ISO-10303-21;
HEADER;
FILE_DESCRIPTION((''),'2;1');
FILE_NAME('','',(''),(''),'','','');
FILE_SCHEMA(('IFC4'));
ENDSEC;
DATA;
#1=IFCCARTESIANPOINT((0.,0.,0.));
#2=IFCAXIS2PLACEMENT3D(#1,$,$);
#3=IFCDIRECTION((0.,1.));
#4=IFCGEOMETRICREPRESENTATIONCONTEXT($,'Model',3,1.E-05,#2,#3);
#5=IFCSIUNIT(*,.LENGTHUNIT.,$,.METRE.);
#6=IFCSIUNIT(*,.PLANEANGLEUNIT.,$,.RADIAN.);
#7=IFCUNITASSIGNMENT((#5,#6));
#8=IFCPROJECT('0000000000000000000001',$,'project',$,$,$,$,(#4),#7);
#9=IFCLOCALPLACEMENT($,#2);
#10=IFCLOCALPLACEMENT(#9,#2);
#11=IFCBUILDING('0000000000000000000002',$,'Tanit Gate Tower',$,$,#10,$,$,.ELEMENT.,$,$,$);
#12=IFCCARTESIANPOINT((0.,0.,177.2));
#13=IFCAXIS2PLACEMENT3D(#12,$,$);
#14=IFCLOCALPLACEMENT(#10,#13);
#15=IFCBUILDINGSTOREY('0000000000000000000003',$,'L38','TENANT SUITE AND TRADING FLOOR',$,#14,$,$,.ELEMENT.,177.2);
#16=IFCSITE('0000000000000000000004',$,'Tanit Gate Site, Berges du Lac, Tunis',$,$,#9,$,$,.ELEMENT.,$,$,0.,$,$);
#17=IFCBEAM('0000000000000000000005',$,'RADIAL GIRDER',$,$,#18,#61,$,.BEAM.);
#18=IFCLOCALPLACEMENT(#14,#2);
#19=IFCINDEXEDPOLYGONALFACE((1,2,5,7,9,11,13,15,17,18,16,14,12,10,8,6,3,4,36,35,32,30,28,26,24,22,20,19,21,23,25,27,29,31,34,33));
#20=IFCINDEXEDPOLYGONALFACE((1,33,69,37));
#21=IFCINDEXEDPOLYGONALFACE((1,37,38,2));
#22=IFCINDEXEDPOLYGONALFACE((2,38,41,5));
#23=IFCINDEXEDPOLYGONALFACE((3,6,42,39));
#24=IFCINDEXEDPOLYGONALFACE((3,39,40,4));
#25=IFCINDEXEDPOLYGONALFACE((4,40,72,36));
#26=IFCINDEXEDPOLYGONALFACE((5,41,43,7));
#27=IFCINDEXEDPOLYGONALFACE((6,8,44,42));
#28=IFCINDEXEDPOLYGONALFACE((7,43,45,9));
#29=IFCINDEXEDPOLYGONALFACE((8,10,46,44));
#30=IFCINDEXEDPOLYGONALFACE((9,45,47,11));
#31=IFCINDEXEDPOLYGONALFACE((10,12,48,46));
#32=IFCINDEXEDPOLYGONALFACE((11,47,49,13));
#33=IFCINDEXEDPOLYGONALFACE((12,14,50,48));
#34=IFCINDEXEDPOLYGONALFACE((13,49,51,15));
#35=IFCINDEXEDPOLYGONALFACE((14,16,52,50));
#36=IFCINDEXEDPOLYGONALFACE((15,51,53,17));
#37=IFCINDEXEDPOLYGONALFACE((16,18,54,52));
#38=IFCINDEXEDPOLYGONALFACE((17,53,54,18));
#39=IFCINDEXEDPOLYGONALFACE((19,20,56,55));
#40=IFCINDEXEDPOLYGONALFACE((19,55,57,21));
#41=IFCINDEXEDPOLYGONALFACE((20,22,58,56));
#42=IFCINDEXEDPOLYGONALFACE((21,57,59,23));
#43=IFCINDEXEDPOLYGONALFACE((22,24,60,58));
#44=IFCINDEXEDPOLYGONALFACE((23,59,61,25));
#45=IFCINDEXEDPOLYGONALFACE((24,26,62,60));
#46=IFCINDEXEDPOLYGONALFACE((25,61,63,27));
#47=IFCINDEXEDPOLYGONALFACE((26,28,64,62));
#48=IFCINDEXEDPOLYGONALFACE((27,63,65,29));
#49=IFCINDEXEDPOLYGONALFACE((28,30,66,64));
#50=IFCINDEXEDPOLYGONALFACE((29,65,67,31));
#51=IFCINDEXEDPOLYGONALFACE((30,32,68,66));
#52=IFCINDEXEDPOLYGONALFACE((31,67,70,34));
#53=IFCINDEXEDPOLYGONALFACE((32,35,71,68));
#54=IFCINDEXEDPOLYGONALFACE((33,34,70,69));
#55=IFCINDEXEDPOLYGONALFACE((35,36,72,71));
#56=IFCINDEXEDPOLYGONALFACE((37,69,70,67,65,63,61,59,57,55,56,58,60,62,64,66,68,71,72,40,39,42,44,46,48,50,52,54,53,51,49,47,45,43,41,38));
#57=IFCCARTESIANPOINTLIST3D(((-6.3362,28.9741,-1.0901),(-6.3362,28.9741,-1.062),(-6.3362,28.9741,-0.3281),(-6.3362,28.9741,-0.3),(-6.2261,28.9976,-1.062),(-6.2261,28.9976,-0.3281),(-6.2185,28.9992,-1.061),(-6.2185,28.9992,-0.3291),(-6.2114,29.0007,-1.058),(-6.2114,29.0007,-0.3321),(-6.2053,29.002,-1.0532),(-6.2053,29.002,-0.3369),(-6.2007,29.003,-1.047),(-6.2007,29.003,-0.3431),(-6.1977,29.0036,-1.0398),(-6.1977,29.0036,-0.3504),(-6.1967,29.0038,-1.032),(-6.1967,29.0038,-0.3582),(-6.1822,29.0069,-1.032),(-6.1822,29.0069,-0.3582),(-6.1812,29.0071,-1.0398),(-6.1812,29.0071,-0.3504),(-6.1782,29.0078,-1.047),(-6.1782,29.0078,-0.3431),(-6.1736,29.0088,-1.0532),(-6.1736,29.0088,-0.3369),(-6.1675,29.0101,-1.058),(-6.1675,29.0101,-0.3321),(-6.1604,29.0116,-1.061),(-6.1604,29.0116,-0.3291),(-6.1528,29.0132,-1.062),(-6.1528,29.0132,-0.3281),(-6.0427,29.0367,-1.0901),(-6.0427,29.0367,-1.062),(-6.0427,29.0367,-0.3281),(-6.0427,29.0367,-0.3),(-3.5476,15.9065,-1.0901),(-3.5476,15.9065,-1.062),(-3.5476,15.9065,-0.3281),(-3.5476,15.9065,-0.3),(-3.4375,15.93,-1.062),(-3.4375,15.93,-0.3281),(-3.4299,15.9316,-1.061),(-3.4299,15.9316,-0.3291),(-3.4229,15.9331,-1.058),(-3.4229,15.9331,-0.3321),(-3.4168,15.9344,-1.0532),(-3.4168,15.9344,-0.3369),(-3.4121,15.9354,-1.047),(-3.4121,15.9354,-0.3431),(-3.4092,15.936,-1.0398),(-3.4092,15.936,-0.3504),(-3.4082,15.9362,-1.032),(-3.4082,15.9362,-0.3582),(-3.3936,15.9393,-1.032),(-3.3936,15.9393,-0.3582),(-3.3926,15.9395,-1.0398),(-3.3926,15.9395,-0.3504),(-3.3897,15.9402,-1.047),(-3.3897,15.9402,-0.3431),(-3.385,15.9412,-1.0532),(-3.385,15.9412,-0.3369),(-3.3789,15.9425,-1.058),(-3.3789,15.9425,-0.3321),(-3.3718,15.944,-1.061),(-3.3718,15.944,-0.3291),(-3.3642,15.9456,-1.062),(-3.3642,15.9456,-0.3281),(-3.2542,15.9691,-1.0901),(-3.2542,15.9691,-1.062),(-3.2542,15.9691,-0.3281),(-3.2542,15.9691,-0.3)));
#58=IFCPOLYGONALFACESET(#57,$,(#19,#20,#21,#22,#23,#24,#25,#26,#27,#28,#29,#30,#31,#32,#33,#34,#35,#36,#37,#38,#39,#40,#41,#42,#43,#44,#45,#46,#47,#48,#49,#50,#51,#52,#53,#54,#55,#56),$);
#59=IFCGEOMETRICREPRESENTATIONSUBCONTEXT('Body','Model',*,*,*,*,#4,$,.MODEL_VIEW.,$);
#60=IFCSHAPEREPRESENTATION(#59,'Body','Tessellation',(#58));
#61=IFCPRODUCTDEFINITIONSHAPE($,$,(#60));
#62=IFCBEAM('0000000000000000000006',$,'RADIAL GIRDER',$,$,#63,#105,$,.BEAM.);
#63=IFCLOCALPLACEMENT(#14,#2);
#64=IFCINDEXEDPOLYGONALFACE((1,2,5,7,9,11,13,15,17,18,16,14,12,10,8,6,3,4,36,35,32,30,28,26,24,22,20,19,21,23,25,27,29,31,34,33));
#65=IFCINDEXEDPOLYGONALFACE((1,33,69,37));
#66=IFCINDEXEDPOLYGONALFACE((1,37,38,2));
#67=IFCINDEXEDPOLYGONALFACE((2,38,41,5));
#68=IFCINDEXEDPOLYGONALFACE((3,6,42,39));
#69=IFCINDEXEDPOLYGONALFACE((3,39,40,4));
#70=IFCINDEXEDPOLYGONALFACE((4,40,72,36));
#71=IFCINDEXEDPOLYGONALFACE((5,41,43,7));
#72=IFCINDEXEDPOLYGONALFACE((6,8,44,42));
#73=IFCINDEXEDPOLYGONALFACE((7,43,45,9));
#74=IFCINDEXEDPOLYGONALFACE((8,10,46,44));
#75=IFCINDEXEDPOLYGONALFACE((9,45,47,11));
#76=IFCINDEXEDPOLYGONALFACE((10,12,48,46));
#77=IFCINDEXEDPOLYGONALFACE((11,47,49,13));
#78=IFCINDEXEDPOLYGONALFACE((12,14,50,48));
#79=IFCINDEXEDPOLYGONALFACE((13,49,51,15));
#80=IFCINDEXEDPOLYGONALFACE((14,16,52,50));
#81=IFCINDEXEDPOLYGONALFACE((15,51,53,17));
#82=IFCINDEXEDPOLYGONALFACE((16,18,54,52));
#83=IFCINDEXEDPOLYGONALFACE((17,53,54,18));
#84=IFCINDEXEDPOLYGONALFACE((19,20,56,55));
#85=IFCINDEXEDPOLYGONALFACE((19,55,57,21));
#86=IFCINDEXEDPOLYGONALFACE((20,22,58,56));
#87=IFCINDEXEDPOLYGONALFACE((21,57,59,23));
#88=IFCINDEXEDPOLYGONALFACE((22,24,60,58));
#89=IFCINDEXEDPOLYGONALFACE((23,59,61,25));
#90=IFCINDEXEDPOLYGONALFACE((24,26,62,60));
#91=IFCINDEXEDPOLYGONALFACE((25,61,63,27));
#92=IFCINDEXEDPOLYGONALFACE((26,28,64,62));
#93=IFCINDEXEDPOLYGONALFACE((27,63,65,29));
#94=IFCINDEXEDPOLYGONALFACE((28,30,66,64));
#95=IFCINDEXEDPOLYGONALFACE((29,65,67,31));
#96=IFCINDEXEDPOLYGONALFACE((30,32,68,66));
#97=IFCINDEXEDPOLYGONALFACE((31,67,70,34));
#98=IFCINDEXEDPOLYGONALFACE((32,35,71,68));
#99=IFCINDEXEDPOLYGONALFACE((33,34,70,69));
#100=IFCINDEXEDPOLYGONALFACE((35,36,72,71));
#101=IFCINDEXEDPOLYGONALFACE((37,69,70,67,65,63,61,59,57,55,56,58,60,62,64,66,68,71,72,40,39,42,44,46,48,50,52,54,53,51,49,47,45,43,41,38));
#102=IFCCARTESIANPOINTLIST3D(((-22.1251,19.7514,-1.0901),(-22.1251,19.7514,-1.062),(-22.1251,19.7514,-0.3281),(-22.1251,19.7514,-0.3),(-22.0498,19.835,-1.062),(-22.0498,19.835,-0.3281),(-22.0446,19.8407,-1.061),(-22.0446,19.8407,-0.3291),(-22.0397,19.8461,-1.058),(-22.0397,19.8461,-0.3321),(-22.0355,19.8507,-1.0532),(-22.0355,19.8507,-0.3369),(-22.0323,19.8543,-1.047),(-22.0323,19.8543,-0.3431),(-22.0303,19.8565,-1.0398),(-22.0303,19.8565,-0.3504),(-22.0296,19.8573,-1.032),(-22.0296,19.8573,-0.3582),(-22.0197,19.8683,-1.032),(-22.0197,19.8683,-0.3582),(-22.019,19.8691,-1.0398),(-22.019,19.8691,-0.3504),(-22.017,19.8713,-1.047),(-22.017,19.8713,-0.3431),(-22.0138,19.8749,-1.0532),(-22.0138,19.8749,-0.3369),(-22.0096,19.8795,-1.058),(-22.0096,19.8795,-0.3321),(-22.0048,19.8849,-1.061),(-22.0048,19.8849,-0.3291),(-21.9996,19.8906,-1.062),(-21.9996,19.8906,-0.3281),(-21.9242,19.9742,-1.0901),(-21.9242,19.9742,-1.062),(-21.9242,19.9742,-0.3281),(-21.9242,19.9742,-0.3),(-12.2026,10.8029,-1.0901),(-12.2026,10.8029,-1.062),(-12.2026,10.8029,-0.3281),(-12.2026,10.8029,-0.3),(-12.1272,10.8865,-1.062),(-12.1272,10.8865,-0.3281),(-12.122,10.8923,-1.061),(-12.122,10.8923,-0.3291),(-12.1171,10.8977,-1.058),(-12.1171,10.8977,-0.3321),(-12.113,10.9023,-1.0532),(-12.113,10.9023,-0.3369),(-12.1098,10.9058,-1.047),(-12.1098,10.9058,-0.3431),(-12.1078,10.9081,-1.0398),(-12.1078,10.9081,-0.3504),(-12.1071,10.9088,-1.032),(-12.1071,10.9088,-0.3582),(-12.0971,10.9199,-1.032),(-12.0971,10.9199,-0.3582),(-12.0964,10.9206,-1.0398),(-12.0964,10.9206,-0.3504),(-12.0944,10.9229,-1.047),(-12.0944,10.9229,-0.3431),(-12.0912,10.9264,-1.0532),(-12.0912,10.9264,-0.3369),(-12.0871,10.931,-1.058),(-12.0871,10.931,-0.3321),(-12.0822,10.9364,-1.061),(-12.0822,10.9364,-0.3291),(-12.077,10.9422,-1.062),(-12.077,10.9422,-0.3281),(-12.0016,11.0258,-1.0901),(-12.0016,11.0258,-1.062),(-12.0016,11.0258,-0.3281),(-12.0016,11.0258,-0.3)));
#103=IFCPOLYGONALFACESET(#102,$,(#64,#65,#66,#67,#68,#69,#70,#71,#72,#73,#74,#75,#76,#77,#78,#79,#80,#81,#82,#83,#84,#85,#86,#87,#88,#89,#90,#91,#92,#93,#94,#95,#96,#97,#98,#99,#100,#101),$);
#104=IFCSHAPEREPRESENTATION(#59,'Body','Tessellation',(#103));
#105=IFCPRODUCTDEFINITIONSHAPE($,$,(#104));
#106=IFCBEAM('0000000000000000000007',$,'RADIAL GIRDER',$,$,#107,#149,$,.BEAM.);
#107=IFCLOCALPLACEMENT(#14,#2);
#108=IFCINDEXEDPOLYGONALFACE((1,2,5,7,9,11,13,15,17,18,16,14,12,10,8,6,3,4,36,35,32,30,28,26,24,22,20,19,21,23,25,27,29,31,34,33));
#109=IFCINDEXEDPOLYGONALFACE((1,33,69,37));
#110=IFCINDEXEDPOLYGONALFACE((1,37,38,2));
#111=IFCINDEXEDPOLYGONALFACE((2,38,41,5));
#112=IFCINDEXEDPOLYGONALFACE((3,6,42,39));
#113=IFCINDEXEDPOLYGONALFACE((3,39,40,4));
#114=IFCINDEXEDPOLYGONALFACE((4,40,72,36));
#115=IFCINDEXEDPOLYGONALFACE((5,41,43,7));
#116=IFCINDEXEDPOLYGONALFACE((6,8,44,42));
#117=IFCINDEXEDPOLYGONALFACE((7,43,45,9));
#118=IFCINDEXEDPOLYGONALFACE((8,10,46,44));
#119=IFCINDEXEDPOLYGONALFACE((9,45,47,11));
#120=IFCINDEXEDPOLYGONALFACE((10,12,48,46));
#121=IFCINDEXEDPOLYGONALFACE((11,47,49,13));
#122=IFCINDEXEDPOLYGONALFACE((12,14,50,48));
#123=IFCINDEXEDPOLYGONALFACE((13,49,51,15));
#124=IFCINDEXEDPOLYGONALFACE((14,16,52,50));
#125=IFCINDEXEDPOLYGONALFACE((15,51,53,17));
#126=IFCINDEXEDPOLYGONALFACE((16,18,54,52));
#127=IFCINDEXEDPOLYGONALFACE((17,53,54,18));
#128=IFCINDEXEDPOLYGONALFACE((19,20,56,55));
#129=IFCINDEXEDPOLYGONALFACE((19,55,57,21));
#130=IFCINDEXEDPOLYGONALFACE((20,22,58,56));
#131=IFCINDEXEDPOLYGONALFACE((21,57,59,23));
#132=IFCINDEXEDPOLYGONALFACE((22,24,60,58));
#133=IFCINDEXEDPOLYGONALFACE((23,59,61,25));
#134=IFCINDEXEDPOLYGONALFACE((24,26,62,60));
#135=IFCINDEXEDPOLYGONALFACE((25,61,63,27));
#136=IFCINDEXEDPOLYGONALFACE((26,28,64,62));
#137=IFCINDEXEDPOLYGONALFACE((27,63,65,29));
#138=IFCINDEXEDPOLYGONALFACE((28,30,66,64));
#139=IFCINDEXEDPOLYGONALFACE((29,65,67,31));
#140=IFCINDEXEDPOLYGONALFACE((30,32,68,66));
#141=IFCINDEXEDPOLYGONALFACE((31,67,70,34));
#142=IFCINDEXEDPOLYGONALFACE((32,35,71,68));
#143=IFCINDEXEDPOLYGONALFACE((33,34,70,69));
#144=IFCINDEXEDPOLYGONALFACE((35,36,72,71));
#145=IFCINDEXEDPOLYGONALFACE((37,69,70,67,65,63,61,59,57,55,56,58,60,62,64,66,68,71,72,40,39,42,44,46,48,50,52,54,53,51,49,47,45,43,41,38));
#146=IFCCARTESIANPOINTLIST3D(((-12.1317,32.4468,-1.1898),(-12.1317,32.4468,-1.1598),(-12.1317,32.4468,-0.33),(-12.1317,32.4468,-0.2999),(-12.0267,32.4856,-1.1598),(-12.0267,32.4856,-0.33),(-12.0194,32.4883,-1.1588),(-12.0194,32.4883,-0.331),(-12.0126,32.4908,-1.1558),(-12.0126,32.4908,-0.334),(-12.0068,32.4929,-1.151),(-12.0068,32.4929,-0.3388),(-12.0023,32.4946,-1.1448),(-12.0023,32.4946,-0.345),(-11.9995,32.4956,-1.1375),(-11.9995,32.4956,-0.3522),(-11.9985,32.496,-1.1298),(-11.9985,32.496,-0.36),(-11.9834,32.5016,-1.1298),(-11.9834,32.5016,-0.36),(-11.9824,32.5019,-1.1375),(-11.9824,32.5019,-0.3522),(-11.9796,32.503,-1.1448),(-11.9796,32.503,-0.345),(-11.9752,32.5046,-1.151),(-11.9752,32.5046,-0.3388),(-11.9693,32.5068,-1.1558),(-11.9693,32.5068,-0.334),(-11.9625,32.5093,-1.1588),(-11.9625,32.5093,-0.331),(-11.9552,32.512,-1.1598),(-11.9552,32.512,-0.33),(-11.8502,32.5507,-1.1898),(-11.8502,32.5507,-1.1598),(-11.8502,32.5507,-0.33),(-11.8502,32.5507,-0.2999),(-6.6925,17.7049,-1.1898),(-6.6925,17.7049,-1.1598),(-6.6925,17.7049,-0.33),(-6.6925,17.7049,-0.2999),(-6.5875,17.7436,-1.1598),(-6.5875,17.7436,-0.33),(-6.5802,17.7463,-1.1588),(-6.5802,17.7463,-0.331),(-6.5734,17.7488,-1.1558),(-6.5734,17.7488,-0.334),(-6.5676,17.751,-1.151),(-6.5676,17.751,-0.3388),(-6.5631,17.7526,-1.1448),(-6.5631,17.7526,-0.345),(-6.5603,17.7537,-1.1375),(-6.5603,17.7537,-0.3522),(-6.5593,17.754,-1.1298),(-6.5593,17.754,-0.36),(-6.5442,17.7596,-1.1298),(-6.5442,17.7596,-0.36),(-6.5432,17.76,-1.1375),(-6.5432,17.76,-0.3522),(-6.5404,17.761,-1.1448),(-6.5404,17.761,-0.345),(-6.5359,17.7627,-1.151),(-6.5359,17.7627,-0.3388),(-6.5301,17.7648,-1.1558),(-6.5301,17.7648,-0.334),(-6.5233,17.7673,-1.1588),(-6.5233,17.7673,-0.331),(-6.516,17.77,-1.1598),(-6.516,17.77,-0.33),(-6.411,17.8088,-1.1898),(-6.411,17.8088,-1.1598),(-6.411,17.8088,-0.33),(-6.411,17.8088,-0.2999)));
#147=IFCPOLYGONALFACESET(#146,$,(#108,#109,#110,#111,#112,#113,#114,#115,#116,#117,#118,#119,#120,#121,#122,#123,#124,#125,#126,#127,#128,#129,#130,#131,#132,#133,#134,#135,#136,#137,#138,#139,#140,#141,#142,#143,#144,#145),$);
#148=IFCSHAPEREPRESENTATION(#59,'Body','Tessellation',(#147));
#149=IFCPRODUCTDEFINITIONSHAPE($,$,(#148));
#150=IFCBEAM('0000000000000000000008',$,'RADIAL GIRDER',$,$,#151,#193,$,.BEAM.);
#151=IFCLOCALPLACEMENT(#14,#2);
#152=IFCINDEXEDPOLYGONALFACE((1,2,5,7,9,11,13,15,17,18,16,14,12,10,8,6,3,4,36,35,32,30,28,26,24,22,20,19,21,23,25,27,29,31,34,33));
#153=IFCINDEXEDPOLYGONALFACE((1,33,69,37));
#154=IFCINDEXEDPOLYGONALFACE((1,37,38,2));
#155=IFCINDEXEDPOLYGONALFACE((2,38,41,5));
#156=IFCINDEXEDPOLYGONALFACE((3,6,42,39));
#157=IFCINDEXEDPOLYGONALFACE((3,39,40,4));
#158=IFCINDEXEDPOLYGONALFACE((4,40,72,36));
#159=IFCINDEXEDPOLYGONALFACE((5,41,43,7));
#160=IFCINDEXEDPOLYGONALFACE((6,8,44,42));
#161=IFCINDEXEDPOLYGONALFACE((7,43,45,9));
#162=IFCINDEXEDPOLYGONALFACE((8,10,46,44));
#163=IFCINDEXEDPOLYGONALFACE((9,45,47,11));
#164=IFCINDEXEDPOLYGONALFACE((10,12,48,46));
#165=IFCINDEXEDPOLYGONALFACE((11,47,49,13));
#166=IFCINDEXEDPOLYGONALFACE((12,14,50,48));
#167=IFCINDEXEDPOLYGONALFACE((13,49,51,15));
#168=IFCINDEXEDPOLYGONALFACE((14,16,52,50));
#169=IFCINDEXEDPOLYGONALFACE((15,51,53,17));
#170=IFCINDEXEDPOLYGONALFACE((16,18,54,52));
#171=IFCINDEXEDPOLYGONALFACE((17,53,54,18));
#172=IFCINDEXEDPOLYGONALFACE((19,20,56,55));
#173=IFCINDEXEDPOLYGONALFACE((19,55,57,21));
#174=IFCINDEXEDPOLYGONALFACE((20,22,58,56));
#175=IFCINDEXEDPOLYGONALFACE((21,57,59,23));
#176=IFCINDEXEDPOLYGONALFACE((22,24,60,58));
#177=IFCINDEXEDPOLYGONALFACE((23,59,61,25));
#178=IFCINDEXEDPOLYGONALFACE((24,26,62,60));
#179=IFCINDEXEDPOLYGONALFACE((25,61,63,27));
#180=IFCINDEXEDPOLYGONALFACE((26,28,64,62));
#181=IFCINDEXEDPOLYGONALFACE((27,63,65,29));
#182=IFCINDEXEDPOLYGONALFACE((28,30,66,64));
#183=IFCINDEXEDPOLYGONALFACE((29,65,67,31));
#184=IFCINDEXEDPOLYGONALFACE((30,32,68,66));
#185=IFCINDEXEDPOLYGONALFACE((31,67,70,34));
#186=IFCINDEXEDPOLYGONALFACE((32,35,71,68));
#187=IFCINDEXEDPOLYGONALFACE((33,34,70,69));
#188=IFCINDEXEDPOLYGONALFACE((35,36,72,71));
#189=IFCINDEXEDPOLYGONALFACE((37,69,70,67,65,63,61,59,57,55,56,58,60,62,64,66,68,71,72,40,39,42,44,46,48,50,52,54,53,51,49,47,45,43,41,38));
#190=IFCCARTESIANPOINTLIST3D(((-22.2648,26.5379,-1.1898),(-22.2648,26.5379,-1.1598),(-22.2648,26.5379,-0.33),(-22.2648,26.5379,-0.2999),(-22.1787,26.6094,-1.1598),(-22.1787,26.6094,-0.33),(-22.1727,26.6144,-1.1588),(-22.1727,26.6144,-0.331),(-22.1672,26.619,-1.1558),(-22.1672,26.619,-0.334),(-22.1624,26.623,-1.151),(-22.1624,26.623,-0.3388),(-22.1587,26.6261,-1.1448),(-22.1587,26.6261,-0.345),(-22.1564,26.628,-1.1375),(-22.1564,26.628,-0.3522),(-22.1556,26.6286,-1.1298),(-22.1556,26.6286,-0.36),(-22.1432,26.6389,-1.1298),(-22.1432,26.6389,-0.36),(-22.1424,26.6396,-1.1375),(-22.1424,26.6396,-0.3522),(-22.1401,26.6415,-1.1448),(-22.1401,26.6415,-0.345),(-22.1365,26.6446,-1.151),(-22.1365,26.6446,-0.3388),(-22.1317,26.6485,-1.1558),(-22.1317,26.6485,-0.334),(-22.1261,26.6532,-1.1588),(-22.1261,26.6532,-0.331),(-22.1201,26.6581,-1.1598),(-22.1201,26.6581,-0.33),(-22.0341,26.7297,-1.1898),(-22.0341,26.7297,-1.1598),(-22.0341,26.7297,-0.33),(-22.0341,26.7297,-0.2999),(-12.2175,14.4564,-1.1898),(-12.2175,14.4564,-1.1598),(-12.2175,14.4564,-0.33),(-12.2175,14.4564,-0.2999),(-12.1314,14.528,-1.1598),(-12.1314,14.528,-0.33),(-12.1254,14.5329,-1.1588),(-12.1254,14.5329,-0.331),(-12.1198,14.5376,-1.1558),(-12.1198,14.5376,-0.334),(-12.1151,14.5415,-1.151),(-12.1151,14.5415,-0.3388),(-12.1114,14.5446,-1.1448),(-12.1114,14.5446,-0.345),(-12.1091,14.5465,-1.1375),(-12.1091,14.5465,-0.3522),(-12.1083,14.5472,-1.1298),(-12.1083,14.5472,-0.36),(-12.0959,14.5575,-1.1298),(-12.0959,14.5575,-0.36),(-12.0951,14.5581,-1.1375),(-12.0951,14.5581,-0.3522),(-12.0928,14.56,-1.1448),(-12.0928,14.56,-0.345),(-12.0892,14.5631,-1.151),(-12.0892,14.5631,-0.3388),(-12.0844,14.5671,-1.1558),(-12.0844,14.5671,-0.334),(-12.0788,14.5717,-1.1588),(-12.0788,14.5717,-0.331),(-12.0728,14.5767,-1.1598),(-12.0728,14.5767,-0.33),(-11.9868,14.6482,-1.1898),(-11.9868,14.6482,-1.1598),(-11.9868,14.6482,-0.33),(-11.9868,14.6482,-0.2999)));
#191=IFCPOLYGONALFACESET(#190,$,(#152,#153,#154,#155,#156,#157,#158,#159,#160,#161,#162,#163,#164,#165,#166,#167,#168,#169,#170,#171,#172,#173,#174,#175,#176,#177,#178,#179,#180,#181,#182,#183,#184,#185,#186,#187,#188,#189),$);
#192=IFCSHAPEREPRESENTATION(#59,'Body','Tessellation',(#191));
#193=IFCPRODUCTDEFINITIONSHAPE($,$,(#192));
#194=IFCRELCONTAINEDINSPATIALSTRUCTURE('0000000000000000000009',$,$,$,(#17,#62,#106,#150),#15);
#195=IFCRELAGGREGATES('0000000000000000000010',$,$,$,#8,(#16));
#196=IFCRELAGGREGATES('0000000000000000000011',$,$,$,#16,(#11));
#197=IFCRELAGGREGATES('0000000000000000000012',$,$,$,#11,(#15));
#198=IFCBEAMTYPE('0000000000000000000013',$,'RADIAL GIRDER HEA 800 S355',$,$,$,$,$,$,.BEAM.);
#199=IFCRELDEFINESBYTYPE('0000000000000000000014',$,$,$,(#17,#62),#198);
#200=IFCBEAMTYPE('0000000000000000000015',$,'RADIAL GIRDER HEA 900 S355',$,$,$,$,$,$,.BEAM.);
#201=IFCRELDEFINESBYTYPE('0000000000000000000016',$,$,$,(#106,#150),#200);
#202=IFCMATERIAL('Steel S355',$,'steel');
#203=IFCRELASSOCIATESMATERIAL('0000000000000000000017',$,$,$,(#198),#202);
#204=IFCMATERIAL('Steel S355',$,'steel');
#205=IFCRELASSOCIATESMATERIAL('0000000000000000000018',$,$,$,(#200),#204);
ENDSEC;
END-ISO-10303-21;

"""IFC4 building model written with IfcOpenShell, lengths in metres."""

from ifc_helpers import new_model, si_unit, direction, frame, origin, origin_2d, place, context, subcontext, project, spatial, i_section, extrude, material, material_profile, profile_set, type_object, element, save


model = new_model("IFC4")

# Units and contexts
model_context = context("Model", 3, precision=1e-05, world=origin(), true_north=direction((0.0, 1.0)))
body_context = subcontext(model_context, "Body", "Model", "MODEL_VIEW")
ifc_project = project(units=[si_unit("LENGTHUNIT", "METRE"), si_unit("PLANEANGLEUNIT", "RADIAN")], contexts=[model_context])

# Site, building, storey
site_placement = place(None, origin())
site = spatial("IfcSite", under=ifc_project, at=site_placement, Name="Tanit Gate Site, Berges du Lac, Tunis", CompositionType="ELEMENT", RefElevation=0.0)
building_placement = place(site_placement, origin())
building = spatial("IfcBuilding", under=site, at=building_placement, Name="Tanit Gate Tower", CompositionType="ELEMENT")
storey_placement = place(building_placement, frame((0.0, 0.0, 177.2)))
storey = spatial("IfcBuildingStorey", under=building, at=storey_placement, Name="L38", Description="TENANT SUITE AND TRADING FLOOR", CompositionType="ELEMENT", Elevation=177.2)

# Beams
ifc_material_1 = material(Name="Steel S355", Category="steel")
ifc_material_profile_1 = material_profile(ifc_material_1, i_section(OverallWidth=0.3, OverallDepth=0.79, WebThickness=0.0149, FlangeThickness=0.0281, FilletRadius=0.03, at=origin_2d()), Name="HEA 800")
ifc_profile_set_1 = profile_set([ifc_material_profile_1], Name="Steel S355")
beam_type_1 = type_object("IfcBeamType", Name="RADIAL GIRDER HEA 800 S355", PredefinedType="BEAM", material=ifc_profile_set_1)
beam_1_placement = place(storey_placement, frame((-6.1895, 29.0054, -0.6951), z_axis=(0.208697, -0.97798, 0.0), x_axis=(0.97798, 0.208697, 0.0)))
element("IfcBeam", 1, at=beam_1_placement, inside=storey, type_object=beam_type_1, Name="RADIAL GIRDER", PredefinedType="BEAM", context=body_context, shape_type="SweptSolid", body=[
    extrude(i_section(OverallWidth=0.3, OverallDepth=0.79, WebThickness=0.0149, FlangeThickness=0.0281, FilletRadius=0.03, at=origin_2d()), origin(), (0.0, 0.0, 1.0), 13.3618),
])
beam_2_placement = place(storey_placement, frame((-22.0247, 19.8628, -0.6951), z_axis=(0.742619, -0.669714, 0.0), x_axis=(0.669714, 0.742619, 0.0)))
element("IfcBeam", 2, at=beam_2_placement, inside=storey, type_object=beam_type_1, Name="RADIAL GIRDER", PredefinedType="BEAM", context=body_context, shape_type="SweptSolid", body=[
    extrude(i_section(OverallWidth=0.3, OverallDepth=0.79, WebThickness=0.0149, FlangeThickness=0.0281, FilletRadius=0.03, at=origin_2d()), origin(), (0.0, 0.0, 1.0), 13.3616),
])
ifc_material_2 = material(Name="Steel S355", Category="steel")
ifc_material_profile_2 = material_profile(ifc_material_2, i_section(OverallWidth=0.3, OverallDepth=0.8899, WebThickness=0.0161, FlangeThickness=0.03, FilletRadius=0.03, at=origin_2d()), Name="HEA 900")
ifc_profile_set_2 = profile_set([ifc_material_profile_2], Name="Steel S355")
beam_type_2 = type_object("IfcBeamType", Name="RADIAL GIRDER HEA 900 S355", PredefinedType="BEAM", material=ifc_profile_set_2)
for number, where, z_axis, x_axis, name in (
    (3, (-11.991, 32.4988, -0.7449), (0.346152, -0.938179, 0.0), (0.938179, 0.346152, 0.0), "RADIAL GIRDER"),
    (4, (-22.1494, 26.6338, -0.7449), (0.639411, -0.768865, 0.0), (0.768865, 0.639411, 0.0), "RADIAL GIRDER"),
):
    element("IfcBeam", number, at=place(storey_placement, frame(where, z_axis=z_axis, x_axis=x_axis)), inside=storey, type_object=beam_type_2, Name=name, PredefinedType="BEAM", context=body_context, shape_type="SweptSolid", body=[
        extrude(i_section(OverallWidth=0.3, OverallDepth=0.8899, WebThickness=0.0161, FlangeThickness=0.03, FilletRadius=0.03, at=origin_2d()), origin(), (0.0, 0.0, 1.0), 15.7134),
    ])

save(model, "model.ifc")
